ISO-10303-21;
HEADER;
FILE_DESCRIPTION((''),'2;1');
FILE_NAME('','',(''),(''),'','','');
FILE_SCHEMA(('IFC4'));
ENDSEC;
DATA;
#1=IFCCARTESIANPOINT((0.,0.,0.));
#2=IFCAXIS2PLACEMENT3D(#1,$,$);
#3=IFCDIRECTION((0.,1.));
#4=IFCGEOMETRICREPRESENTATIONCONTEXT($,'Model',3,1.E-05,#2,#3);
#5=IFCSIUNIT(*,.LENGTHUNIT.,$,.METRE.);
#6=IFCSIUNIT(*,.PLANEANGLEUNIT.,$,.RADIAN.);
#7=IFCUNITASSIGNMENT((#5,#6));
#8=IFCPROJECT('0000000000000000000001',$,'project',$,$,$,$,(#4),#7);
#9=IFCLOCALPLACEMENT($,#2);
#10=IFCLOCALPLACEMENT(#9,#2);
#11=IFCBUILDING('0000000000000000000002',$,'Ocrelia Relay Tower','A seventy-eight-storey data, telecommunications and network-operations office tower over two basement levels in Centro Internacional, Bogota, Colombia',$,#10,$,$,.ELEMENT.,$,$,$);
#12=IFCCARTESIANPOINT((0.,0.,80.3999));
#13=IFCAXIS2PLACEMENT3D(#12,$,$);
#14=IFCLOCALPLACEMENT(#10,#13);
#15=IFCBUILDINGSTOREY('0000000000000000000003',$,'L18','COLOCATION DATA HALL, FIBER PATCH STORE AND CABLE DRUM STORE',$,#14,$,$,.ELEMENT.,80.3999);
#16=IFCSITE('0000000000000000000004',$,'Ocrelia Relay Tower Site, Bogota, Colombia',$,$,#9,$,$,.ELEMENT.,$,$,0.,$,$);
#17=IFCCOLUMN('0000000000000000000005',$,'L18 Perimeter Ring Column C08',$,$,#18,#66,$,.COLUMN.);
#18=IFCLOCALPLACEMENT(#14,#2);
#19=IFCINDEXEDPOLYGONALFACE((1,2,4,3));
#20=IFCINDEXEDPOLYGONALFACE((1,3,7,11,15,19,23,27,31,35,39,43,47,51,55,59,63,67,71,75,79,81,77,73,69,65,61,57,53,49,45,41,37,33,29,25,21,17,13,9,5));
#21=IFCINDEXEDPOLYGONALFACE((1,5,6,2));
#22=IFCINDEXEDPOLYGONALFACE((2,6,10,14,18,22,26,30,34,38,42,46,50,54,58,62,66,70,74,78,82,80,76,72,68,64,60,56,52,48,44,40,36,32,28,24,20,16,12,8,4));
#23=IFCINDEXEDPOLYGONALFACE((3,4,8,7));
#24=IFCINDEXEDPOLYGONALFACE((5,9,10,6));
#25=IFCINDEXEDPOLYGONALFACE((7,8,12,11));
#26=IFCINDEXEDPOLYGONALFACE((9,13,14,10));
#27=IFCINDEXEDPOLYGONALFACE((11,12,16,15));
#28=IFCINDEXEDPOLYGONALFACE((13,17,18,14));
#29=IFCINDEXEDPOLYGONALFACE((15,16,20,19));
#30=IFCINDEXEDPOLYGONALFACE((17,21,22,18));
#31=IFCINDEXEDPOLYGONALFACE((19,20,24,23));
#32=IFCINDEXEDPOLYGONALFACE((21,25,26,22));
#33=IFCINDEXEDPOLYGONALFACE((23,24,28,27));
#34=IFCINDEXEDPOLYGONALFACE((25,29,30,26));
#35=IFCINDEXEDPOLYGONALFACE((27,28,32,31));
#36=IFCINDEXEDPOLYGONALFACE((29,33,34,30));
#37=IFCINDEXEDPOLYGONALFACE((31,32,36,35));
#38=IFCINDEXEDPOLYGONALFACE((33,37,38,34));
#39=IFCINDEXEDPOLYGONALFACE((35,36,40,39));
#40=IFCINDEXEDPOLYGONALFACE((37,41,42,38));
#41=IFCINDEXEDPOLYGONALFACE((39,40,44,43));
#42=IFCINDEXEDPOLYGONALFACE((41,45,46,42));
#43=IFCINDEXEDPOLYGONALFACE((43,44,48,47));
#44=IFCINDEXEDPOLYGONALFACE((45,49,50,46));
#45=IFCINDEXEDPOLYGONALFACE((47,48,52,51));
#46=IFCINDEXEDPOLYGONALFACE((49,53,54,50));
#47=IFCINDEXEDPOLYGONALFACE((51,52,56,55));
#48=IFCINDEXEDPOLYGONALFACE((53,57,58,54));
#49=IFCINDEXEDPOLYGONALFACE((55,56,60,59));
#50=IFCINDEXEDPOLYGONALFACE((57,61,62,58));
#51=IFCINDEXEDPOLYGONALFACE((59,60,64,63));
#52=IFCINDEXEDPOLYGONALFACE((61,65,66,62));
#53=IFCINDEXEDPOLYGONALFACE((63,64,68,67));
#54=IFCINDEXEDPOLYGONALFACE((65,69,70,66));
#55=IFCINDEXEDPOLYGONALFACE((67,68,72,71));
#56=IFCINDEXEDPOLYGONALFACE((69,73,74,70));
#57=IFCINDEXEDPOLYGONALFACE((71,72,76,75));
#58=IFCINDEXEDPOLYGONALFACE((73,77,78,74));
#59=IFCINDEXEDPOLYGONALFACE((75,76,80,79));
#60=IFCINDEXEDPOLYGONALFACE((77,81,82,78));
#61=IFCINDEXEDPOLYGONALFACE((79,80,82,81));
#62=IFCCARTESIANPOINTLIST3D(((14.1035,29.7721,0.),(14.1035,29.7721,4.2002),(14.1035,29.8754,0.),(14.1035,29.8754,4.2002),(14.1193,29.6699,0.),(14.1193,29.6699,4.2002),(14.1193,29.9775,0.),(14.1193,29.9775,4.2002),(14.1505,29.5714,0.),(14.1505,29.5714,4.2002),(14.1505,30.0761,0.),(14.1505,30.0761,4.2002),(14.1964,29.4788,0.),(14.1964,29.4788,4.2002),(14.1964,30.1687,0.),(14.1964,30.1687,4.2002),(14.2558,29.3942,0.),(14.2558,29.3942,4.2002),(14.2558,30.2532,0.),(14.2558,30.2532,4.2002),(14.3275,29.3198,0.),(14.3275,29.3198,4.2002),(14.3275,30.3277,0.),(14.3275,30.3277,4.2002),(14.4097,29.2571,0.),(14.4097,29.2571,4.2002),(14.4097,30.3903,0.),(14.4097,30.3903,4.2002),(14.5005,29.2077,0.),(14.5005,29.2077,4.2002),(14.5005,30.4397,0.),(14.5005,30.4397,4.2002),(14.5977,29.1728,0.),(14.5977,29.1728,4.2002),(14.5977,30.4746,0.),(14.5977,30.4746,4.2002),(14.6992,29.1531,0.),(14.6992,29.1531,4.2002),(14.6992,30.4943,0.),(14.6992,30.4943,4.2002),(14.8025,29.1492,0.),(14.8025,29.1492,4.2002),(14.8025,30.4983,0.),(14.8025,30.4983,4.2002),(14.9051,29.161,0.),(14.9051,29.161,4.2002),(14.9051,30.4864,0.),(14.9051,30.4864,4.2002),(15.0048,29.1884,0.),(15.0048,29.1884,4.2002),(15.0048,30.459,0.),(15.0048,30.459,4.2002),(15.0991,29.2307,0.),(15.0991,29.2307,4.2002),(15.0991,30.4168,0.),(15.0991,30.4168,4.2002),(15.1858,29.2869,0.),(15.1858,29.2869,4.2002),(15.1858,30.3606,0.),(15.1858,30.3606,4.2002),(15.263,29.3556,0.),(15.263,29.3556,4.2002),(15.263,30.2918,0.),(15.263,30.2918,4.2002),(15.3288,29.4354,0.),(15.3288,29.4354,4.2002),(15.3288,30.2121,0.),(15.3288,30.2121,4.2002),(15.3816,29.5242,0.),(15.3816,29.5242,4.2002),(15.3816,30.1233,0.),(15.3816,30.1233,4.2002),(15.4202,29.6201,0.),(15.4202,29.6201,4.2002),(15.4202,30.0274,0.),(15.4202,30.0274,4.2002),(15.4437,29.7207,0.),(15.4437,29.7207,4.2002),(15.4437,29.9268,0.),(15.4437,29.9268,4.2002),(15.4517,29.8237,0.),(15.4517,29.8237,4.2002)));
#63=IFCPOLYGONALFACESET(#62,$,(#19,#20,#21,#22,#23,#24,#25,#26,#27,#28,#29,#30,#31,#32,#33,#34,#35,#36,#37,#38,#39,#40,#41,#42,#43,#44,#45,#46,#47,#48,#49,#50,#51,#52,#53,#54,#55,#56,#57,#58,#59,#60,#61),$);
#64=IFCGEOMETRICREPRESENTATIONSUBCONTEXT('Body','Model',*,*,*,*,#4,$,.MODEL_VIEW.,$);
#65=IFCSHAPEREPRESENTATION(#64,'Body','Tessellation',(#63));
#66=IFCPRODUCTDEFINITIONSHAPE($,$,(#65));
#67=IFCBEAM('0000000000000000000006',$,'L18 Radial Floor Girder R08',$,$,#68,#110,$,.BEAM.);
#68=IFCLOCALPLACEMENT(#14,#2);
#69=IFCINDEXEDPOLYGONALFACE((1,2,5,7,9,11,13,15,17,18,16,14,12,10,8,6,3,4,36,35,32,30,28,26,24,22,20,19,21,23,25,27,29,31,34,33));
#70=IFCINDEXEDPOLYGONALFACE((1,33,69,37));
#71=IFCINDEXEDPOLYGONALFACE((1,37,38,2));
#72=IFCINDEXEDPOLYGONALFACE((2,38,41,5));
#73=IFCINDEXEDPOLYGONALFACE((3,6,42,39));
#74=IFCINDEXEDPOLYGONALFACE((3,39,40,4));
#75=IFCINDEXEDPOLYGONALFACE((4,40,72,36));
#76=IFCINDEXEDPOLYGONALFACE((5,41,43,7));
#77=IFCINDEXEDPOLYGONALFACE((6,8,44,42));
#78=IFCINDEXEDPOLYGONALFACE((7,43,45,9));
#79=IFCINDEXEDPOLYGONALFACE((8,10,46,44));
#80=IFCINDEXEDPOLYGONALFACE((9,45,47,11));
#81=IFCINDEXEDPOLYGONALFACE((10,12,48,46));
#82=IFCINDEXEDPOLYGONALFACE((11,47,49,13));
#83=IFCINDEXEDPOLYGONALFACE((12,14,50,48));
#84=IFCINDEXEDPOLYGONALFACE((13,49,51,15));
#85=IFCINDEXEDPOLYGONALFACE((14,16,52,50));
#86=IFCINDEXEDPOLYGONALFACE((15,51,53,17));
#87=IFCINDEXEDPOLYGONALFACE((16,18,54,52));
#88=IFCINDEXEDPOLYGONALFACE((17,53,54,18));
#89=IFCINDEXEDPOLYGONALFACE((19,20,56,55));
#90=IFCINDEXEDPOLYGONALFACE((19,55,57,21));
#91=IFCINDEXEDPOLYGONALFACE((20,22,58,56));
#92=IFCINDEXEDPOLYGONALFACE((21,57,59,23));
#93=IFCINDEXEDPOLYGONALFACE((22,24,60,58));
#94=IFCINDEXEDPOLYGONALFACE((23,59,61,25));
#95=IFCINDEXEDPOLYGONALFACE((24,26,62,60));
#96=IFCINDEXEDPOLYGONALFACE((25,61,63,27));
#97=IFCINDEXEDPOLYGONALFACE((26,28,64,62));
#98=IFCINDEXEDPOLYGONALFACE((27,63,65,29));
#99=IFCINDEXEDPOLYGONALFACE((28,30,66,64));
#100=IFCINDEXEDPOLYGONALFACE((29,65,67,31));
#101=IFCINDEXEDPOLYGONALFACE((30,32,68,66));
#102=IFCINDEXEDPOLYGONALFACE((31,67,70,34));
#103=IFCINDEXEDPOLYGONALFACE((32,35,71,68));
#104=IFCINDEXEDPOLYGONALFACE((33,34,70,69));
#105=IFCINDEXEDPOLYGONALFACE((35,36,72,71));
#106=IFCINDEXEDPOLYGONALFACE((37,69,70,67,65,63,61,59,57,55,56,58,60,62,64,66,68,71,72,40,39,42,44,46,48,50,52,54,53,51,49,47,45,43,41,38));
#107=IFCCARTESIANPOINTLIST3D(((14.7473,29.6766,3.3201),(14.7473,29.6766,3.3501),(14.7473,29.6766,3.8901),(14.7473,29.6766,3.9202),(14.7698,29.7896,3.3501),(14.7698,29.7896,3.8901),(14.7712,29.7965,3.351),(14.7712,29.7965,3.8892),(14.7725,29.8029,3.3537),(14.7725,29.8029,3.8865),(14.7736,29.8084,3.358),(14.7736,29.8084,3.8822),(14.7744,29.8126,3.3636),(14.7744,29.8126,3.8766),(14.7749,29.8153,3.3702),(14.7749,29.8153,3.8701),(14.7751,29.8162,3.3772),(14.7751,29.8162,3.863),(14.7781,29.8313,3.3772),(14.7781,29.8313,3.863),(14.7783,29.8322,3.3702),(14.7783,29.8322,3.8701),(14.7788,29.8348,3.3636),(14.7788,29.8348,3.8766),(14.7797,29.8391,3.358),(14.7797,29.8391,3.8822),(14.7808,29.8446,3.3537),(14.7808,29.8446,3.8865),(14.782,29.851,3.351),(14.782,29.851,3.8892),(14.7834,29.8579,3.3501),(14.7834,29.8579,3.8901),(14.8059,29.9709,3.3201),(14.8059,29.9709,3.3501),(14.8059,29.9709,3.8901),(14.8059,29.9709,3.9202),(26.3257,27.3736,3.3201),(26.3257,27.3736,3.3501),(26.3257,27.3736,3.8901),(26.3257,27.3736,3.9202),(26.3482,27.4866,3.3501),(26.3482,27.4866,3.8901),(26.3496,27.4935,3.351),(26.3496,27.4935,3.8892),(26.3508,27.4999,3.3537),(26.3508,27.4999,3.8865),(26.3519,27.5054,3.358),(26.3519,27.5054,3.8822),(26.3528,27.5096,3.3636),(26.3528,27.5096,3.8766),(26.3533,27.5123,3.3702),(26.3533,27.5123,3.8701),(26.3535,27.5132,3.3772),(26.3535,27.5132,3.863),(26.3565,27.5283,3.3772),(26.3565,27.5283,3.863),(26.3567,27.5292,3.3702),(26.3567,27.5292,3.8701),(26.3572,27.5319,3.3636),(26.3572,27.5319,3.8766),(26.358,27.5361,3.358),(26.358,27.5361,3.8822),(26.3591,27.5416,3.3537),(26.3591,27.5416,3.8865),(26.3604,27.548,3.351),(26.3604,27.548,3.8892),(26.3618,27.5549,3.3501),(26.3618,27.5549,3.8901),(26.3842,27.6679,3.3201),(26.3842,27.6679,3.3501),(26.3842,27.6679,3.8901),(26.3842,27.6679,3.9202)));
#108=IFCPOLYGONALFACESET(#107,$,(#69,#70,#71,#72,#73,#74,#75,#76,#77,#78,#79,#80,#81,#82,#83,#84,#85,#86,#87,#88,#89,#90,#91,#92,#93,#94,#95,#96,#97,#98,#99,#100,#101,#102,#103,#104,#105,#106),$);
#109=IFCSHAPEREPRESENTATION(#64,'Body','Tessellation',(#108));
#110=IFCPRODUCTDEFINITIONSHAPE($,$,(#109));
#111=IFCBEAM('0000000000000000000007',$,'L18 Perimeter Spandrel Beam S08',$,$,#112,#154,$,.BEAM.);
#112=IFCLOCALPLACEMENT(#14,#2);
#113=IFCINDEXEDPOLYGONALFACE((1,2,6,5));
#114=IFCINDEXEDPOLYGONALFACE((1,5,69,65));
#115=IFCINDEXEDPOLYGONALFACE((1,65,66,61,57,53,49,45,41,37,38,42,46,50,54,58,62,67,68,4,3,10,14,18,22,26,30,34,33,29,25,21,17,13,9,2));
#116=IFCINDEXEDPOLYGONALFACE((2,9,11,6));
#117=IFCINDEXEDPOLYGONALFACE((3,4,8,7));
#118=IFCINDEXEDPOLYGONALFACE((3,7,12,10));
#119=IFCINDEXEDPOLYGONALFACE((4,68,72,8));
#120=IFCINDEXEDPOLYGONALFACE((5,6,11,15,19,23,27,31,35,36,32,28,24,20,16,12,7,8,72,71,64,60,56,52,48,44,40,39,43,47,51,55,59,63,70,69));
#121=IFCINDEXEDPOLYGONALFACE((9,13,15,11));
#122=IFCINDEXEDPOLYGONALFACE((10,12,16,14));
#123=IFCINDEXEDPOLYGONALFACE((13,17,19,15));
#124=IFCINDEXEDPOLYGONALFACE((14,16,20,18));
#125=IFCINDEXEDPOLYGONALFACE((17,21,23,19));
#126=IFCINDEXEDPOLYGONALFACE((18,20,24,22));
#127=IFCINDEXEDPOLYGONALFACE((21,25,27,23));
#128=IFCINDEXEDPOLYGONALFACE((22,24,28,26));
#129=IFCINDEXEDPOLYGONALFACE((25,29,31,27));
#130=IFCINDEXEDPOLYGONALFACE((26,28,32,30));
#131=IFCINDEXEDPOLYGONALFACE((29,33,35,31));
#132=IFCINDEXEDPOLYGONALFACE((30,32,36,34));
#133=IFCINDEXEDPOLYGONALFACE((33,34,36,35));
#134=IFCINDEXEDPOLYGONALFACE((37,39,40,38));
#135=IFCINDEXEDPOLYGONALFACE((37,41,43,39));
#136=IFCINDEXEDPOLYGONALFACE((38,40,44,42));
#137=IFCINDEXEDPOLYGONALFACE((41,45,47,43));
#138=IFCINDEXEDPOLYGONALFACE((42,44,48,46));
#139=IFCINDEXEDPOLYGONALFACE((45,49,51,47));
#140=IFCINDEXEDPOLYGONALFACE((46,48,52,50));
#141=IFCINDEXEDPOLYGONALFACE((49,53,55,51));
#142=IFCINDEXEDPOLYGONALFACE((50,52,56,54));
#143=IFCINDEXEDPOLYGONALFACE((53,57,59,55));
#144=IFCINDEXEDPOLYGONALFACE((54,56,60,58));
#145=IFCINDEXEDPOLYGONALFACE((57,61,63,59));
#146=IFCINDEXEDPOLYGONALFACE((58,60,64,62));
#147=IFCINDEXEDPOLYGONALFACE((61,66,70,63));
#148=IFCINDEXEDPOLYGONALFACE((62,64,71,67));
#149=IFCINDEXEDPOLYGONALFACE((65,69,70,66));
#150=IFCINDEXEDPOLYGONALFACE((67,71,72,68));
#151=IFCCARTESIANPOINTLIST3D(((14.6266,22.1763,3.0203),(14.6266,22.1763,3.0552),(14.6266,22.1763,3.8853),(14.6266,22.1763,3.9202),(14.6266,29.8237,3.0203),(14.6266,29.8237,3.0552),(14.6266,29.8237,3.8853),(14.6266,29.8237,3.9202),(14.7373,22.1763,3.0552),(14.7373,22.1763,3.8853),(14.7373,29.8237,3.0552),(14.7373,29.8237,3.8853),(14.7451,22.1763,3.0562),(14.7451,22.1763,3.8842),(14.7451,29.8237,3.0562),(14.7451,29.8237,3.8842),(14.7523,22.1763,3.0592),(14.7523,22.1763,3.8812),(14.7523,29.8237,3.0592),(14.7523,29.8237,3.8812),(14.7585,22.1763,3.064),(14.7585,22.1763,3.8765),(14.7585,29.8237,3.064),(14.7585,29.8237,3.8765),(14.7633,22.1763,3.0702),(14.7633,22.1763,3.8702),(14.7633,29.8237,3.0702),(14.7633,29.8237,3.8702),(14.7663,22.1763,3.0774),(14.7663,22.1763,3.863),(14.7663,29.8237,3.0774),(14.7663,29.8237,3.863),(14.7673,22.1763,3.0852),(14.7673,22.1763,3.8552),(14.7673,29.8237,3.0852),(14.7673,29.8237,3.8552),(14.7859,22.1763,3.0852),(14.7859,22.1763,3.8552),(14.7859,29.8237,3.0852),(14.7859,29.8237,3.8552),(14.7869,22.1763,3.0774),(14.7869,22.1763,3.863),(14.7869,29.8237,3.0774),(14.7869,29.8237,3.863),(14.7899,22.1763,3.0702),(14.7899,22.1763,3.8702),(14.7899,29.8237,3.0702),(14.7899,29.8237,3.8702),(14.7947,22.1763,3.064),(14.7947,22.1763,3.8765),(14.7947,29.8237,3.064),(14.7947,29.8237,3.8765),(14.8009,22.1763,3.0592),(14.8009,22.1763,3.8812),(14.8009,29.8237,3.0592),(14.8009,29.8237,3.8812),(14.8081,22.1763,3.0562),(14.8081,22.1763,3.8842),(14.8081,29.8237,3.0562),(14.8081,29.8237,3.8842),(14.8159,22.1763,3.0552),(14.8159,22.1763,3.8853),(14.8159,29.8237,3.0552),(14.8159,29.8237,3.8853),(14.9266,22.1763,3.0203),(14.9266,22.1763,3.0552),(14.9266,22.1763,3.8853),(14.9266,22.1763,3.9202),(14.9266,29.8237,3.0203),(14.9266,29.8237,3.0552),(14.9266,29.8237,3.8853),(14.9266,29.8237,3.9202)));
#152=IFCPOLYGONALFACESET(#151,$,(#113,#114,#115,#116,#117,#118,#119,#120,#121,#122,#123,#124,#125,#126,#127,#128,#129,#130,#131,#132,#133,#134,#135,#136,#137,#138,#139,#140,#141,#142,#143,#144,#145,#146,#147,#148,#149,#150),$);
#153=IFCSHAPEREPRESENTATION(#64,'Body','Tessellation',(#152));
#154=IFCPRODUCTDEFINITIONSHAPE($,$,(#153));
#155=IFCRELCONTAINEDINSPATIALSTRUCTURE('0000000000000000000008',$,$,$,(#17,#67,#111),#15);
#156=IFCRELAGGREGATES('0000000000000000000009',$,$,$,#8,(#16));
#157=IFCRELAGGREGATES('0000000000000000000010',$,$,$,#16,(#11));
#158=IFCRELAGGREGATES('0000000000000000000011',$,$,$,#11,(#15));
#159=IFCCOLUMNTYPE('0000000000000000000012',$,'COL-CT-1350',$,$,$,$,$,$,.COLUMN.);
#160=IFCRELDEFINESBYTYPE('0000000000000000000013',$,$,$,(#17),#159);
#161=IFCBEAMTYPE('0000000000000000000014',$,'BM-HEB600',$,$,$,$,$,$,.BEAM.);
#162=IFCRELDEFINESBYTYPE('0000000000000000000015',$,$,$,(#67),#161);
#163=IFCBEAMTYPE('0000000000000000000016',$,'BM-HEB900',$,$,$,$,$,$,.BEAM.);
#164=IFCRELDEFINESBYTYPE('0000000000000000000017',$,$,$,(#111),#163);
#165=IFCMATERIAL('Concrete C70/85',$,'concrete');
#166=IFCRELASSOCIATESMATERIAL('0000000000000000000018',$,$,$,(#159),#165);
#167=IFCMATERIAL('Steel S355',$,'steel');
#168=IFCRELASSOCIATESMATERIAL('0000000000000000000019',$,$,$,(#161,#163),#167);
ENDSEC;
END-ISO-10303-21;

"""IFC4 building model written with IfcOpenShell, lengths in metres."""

from ifc_helpers import new_model, si_unit, direction, frame, origin, origin_2d, place, context, subcontext, project, spatial, circle, i_section, extrude, material, material_profile, profile_set, type_object, element, save


model = new_model("IFC4")

# Units and contexts
model_context = context("Model", 3, precision=1e-05, world=origin(), true_north=direction((0.0, 1.0)))
body_context = subcontext(model_context, "Body", "Model", "MODEL_VIEW")
ifc_project = project(units=[si_unit("LENGTHUNIT", "METRE"), si_unit("PLANEANGLEUNIT", "RADIAN")], contexts=[model_context])

# Site, building, storey
site_placement = place(None, origin())
site = spatial("IfcSite", under=ifc_project, at=site_placement, Name="Ocrelia Relay Tower Site, Bogota, Colombia", CompositionType="ELEMENT", RefElevation=0.0)
building_placement = place(site_placement, origin())
building = spatial("IfcBuilding", under=site, at=building_placement, Name="Ocrelia Relay Tower", Description="A seventy-eight-storey data, telecommunications and network-operations office tower over two basement levels in Centro Internacional, Bogota, Colombia", CompositionType="ELEMENT")
storey_placement = place(building_placement, frame((0.0, 0.0, 80.3999)))
storey = spatial("IfcBuildingStorey", under=building, at=storey_placement, Name="L18", Description="COLOCATION DATA HALL, FIBER PATCH STORE AND CABLE DRUM STORE", CompositionType="ELEMENT", Elevation=80.3999)

# Column
ifc_material_1 = material(Name="Concrete C70/85", Category="concrete")
ifc_material_profile_1 = material_profile(ifc_material_1, circle(Radius=0.675, at=origin_2d()), Name="RC-CIR-1350")
ifc_profile_set_1 = profile_set([ifc_material_profile_1], Name="Concrete C70/85")
column_type = type_object("IfcColumnType", Name="COL-CT-1350", PredefinedType="COLUMN", material=ifc_profile_set_1)
column_placement = place(storey_placement, frame((14.7766, 29.8237, 0.0), z_axis=(0.0, 0.0, 1.0), x_axis=(1.0, 0.0, 0.0)))
element("IfcColumn", 1, at=column_placement, inside=storey, type_object=column_type, Name="L18 Perimeter Ring Column C08", PredefinedType="COLUMN", context=body_context, shape_type="SweptSolid", body=[
    extrude(circle(Radius=0.675, at=origin_2d()), origin(), (0.0, 0.0, 1.0), 4.2002),
])

# Beams
ifc_material_2 = material(Name="Steel S355", Category="steel")
ifc_material_profile_2 = material_profile(ifc_material_2, i_section(OverallWidth=0.3, OverallDepth=0.6001, WebThickness=0.0154, FlangeThickness=0.03, FilletRadius=0.0271, at=origin_2d()), Name="HEB 600")
ifc_profile_set_2 = profile_set([ifc_material_profile_2], Name="Steel S355")
beam_type_1 = type_object("IfcBeamType", Name="BM-HEB600", PredefinedType="BEAM", material=ifc_profile_set_2)
beam_1_placement = place(storey_placement, frame((14.7766, 29.8237, 3.6201), z_axis=(0.980787, -0.195082, 0.0), x_axis=(0.195082, 0.980787, 0.0)))
element("IfcBeam", 2, at=beam_1_placement, inside=storey, type_object=beam_type_1, Name="L18 Radial Floor Girder R08", PredefinedType="BEAM", context=body_context, shape_type="SweptSolid", body=[
    extrude(i_section(OverallWidth=0.3, OverallDepth=0.6001, WebThickness=0.0154, FlangeThickness=0.03, FilletRadius=0.0271, at=origin_2d()), origin(), (0.0, 0.0, 1.0), 11.8052),
])
ifc_material_profile_3 = material_profile(ifc_material_2, i_section(OverallWidth=0.3, OverallDepth=0.8999, WebThickness=0.0186, FlangeThickness=0.0349, FilletRadius=0.03, at=origin_2d()), Name="HEB 900")
ifc_profile_set_3 = profile_set([ifc_material_profile_3], Name="Steel S355")
beam_type_2 = type_object("IfcBeamType", Name="BM-HEB900", PredefinedType="BEAM", material=ifc_profile_set_3)
beam_2_placement = place(storey_placement, frame((14.7766, 29.8237, 3.4702), z_axis=(0.0, -1.0, 0.0), x_axis=(1.0, 0.0, 0.0)))
element("IfcBeam", 3, at=beam_2_placement, inside=storey, type_object=beam_type_2, Name="L18 Perimeter Spandrel Beam S08", PredefinedType="BEAM", context=body_context, shape_type="SweptSolid", body=[
    extrude(i_section(OverallWidth=0.3, OverallDepth=0.8999, WebThickness=0.0186, FlangeThickness=0.0349, FilletRadius=0.03, at=origin_2d()), origin(), (0.0, 0.0, 1.0), 7.6475),
])

save(model, "model.ifc")
